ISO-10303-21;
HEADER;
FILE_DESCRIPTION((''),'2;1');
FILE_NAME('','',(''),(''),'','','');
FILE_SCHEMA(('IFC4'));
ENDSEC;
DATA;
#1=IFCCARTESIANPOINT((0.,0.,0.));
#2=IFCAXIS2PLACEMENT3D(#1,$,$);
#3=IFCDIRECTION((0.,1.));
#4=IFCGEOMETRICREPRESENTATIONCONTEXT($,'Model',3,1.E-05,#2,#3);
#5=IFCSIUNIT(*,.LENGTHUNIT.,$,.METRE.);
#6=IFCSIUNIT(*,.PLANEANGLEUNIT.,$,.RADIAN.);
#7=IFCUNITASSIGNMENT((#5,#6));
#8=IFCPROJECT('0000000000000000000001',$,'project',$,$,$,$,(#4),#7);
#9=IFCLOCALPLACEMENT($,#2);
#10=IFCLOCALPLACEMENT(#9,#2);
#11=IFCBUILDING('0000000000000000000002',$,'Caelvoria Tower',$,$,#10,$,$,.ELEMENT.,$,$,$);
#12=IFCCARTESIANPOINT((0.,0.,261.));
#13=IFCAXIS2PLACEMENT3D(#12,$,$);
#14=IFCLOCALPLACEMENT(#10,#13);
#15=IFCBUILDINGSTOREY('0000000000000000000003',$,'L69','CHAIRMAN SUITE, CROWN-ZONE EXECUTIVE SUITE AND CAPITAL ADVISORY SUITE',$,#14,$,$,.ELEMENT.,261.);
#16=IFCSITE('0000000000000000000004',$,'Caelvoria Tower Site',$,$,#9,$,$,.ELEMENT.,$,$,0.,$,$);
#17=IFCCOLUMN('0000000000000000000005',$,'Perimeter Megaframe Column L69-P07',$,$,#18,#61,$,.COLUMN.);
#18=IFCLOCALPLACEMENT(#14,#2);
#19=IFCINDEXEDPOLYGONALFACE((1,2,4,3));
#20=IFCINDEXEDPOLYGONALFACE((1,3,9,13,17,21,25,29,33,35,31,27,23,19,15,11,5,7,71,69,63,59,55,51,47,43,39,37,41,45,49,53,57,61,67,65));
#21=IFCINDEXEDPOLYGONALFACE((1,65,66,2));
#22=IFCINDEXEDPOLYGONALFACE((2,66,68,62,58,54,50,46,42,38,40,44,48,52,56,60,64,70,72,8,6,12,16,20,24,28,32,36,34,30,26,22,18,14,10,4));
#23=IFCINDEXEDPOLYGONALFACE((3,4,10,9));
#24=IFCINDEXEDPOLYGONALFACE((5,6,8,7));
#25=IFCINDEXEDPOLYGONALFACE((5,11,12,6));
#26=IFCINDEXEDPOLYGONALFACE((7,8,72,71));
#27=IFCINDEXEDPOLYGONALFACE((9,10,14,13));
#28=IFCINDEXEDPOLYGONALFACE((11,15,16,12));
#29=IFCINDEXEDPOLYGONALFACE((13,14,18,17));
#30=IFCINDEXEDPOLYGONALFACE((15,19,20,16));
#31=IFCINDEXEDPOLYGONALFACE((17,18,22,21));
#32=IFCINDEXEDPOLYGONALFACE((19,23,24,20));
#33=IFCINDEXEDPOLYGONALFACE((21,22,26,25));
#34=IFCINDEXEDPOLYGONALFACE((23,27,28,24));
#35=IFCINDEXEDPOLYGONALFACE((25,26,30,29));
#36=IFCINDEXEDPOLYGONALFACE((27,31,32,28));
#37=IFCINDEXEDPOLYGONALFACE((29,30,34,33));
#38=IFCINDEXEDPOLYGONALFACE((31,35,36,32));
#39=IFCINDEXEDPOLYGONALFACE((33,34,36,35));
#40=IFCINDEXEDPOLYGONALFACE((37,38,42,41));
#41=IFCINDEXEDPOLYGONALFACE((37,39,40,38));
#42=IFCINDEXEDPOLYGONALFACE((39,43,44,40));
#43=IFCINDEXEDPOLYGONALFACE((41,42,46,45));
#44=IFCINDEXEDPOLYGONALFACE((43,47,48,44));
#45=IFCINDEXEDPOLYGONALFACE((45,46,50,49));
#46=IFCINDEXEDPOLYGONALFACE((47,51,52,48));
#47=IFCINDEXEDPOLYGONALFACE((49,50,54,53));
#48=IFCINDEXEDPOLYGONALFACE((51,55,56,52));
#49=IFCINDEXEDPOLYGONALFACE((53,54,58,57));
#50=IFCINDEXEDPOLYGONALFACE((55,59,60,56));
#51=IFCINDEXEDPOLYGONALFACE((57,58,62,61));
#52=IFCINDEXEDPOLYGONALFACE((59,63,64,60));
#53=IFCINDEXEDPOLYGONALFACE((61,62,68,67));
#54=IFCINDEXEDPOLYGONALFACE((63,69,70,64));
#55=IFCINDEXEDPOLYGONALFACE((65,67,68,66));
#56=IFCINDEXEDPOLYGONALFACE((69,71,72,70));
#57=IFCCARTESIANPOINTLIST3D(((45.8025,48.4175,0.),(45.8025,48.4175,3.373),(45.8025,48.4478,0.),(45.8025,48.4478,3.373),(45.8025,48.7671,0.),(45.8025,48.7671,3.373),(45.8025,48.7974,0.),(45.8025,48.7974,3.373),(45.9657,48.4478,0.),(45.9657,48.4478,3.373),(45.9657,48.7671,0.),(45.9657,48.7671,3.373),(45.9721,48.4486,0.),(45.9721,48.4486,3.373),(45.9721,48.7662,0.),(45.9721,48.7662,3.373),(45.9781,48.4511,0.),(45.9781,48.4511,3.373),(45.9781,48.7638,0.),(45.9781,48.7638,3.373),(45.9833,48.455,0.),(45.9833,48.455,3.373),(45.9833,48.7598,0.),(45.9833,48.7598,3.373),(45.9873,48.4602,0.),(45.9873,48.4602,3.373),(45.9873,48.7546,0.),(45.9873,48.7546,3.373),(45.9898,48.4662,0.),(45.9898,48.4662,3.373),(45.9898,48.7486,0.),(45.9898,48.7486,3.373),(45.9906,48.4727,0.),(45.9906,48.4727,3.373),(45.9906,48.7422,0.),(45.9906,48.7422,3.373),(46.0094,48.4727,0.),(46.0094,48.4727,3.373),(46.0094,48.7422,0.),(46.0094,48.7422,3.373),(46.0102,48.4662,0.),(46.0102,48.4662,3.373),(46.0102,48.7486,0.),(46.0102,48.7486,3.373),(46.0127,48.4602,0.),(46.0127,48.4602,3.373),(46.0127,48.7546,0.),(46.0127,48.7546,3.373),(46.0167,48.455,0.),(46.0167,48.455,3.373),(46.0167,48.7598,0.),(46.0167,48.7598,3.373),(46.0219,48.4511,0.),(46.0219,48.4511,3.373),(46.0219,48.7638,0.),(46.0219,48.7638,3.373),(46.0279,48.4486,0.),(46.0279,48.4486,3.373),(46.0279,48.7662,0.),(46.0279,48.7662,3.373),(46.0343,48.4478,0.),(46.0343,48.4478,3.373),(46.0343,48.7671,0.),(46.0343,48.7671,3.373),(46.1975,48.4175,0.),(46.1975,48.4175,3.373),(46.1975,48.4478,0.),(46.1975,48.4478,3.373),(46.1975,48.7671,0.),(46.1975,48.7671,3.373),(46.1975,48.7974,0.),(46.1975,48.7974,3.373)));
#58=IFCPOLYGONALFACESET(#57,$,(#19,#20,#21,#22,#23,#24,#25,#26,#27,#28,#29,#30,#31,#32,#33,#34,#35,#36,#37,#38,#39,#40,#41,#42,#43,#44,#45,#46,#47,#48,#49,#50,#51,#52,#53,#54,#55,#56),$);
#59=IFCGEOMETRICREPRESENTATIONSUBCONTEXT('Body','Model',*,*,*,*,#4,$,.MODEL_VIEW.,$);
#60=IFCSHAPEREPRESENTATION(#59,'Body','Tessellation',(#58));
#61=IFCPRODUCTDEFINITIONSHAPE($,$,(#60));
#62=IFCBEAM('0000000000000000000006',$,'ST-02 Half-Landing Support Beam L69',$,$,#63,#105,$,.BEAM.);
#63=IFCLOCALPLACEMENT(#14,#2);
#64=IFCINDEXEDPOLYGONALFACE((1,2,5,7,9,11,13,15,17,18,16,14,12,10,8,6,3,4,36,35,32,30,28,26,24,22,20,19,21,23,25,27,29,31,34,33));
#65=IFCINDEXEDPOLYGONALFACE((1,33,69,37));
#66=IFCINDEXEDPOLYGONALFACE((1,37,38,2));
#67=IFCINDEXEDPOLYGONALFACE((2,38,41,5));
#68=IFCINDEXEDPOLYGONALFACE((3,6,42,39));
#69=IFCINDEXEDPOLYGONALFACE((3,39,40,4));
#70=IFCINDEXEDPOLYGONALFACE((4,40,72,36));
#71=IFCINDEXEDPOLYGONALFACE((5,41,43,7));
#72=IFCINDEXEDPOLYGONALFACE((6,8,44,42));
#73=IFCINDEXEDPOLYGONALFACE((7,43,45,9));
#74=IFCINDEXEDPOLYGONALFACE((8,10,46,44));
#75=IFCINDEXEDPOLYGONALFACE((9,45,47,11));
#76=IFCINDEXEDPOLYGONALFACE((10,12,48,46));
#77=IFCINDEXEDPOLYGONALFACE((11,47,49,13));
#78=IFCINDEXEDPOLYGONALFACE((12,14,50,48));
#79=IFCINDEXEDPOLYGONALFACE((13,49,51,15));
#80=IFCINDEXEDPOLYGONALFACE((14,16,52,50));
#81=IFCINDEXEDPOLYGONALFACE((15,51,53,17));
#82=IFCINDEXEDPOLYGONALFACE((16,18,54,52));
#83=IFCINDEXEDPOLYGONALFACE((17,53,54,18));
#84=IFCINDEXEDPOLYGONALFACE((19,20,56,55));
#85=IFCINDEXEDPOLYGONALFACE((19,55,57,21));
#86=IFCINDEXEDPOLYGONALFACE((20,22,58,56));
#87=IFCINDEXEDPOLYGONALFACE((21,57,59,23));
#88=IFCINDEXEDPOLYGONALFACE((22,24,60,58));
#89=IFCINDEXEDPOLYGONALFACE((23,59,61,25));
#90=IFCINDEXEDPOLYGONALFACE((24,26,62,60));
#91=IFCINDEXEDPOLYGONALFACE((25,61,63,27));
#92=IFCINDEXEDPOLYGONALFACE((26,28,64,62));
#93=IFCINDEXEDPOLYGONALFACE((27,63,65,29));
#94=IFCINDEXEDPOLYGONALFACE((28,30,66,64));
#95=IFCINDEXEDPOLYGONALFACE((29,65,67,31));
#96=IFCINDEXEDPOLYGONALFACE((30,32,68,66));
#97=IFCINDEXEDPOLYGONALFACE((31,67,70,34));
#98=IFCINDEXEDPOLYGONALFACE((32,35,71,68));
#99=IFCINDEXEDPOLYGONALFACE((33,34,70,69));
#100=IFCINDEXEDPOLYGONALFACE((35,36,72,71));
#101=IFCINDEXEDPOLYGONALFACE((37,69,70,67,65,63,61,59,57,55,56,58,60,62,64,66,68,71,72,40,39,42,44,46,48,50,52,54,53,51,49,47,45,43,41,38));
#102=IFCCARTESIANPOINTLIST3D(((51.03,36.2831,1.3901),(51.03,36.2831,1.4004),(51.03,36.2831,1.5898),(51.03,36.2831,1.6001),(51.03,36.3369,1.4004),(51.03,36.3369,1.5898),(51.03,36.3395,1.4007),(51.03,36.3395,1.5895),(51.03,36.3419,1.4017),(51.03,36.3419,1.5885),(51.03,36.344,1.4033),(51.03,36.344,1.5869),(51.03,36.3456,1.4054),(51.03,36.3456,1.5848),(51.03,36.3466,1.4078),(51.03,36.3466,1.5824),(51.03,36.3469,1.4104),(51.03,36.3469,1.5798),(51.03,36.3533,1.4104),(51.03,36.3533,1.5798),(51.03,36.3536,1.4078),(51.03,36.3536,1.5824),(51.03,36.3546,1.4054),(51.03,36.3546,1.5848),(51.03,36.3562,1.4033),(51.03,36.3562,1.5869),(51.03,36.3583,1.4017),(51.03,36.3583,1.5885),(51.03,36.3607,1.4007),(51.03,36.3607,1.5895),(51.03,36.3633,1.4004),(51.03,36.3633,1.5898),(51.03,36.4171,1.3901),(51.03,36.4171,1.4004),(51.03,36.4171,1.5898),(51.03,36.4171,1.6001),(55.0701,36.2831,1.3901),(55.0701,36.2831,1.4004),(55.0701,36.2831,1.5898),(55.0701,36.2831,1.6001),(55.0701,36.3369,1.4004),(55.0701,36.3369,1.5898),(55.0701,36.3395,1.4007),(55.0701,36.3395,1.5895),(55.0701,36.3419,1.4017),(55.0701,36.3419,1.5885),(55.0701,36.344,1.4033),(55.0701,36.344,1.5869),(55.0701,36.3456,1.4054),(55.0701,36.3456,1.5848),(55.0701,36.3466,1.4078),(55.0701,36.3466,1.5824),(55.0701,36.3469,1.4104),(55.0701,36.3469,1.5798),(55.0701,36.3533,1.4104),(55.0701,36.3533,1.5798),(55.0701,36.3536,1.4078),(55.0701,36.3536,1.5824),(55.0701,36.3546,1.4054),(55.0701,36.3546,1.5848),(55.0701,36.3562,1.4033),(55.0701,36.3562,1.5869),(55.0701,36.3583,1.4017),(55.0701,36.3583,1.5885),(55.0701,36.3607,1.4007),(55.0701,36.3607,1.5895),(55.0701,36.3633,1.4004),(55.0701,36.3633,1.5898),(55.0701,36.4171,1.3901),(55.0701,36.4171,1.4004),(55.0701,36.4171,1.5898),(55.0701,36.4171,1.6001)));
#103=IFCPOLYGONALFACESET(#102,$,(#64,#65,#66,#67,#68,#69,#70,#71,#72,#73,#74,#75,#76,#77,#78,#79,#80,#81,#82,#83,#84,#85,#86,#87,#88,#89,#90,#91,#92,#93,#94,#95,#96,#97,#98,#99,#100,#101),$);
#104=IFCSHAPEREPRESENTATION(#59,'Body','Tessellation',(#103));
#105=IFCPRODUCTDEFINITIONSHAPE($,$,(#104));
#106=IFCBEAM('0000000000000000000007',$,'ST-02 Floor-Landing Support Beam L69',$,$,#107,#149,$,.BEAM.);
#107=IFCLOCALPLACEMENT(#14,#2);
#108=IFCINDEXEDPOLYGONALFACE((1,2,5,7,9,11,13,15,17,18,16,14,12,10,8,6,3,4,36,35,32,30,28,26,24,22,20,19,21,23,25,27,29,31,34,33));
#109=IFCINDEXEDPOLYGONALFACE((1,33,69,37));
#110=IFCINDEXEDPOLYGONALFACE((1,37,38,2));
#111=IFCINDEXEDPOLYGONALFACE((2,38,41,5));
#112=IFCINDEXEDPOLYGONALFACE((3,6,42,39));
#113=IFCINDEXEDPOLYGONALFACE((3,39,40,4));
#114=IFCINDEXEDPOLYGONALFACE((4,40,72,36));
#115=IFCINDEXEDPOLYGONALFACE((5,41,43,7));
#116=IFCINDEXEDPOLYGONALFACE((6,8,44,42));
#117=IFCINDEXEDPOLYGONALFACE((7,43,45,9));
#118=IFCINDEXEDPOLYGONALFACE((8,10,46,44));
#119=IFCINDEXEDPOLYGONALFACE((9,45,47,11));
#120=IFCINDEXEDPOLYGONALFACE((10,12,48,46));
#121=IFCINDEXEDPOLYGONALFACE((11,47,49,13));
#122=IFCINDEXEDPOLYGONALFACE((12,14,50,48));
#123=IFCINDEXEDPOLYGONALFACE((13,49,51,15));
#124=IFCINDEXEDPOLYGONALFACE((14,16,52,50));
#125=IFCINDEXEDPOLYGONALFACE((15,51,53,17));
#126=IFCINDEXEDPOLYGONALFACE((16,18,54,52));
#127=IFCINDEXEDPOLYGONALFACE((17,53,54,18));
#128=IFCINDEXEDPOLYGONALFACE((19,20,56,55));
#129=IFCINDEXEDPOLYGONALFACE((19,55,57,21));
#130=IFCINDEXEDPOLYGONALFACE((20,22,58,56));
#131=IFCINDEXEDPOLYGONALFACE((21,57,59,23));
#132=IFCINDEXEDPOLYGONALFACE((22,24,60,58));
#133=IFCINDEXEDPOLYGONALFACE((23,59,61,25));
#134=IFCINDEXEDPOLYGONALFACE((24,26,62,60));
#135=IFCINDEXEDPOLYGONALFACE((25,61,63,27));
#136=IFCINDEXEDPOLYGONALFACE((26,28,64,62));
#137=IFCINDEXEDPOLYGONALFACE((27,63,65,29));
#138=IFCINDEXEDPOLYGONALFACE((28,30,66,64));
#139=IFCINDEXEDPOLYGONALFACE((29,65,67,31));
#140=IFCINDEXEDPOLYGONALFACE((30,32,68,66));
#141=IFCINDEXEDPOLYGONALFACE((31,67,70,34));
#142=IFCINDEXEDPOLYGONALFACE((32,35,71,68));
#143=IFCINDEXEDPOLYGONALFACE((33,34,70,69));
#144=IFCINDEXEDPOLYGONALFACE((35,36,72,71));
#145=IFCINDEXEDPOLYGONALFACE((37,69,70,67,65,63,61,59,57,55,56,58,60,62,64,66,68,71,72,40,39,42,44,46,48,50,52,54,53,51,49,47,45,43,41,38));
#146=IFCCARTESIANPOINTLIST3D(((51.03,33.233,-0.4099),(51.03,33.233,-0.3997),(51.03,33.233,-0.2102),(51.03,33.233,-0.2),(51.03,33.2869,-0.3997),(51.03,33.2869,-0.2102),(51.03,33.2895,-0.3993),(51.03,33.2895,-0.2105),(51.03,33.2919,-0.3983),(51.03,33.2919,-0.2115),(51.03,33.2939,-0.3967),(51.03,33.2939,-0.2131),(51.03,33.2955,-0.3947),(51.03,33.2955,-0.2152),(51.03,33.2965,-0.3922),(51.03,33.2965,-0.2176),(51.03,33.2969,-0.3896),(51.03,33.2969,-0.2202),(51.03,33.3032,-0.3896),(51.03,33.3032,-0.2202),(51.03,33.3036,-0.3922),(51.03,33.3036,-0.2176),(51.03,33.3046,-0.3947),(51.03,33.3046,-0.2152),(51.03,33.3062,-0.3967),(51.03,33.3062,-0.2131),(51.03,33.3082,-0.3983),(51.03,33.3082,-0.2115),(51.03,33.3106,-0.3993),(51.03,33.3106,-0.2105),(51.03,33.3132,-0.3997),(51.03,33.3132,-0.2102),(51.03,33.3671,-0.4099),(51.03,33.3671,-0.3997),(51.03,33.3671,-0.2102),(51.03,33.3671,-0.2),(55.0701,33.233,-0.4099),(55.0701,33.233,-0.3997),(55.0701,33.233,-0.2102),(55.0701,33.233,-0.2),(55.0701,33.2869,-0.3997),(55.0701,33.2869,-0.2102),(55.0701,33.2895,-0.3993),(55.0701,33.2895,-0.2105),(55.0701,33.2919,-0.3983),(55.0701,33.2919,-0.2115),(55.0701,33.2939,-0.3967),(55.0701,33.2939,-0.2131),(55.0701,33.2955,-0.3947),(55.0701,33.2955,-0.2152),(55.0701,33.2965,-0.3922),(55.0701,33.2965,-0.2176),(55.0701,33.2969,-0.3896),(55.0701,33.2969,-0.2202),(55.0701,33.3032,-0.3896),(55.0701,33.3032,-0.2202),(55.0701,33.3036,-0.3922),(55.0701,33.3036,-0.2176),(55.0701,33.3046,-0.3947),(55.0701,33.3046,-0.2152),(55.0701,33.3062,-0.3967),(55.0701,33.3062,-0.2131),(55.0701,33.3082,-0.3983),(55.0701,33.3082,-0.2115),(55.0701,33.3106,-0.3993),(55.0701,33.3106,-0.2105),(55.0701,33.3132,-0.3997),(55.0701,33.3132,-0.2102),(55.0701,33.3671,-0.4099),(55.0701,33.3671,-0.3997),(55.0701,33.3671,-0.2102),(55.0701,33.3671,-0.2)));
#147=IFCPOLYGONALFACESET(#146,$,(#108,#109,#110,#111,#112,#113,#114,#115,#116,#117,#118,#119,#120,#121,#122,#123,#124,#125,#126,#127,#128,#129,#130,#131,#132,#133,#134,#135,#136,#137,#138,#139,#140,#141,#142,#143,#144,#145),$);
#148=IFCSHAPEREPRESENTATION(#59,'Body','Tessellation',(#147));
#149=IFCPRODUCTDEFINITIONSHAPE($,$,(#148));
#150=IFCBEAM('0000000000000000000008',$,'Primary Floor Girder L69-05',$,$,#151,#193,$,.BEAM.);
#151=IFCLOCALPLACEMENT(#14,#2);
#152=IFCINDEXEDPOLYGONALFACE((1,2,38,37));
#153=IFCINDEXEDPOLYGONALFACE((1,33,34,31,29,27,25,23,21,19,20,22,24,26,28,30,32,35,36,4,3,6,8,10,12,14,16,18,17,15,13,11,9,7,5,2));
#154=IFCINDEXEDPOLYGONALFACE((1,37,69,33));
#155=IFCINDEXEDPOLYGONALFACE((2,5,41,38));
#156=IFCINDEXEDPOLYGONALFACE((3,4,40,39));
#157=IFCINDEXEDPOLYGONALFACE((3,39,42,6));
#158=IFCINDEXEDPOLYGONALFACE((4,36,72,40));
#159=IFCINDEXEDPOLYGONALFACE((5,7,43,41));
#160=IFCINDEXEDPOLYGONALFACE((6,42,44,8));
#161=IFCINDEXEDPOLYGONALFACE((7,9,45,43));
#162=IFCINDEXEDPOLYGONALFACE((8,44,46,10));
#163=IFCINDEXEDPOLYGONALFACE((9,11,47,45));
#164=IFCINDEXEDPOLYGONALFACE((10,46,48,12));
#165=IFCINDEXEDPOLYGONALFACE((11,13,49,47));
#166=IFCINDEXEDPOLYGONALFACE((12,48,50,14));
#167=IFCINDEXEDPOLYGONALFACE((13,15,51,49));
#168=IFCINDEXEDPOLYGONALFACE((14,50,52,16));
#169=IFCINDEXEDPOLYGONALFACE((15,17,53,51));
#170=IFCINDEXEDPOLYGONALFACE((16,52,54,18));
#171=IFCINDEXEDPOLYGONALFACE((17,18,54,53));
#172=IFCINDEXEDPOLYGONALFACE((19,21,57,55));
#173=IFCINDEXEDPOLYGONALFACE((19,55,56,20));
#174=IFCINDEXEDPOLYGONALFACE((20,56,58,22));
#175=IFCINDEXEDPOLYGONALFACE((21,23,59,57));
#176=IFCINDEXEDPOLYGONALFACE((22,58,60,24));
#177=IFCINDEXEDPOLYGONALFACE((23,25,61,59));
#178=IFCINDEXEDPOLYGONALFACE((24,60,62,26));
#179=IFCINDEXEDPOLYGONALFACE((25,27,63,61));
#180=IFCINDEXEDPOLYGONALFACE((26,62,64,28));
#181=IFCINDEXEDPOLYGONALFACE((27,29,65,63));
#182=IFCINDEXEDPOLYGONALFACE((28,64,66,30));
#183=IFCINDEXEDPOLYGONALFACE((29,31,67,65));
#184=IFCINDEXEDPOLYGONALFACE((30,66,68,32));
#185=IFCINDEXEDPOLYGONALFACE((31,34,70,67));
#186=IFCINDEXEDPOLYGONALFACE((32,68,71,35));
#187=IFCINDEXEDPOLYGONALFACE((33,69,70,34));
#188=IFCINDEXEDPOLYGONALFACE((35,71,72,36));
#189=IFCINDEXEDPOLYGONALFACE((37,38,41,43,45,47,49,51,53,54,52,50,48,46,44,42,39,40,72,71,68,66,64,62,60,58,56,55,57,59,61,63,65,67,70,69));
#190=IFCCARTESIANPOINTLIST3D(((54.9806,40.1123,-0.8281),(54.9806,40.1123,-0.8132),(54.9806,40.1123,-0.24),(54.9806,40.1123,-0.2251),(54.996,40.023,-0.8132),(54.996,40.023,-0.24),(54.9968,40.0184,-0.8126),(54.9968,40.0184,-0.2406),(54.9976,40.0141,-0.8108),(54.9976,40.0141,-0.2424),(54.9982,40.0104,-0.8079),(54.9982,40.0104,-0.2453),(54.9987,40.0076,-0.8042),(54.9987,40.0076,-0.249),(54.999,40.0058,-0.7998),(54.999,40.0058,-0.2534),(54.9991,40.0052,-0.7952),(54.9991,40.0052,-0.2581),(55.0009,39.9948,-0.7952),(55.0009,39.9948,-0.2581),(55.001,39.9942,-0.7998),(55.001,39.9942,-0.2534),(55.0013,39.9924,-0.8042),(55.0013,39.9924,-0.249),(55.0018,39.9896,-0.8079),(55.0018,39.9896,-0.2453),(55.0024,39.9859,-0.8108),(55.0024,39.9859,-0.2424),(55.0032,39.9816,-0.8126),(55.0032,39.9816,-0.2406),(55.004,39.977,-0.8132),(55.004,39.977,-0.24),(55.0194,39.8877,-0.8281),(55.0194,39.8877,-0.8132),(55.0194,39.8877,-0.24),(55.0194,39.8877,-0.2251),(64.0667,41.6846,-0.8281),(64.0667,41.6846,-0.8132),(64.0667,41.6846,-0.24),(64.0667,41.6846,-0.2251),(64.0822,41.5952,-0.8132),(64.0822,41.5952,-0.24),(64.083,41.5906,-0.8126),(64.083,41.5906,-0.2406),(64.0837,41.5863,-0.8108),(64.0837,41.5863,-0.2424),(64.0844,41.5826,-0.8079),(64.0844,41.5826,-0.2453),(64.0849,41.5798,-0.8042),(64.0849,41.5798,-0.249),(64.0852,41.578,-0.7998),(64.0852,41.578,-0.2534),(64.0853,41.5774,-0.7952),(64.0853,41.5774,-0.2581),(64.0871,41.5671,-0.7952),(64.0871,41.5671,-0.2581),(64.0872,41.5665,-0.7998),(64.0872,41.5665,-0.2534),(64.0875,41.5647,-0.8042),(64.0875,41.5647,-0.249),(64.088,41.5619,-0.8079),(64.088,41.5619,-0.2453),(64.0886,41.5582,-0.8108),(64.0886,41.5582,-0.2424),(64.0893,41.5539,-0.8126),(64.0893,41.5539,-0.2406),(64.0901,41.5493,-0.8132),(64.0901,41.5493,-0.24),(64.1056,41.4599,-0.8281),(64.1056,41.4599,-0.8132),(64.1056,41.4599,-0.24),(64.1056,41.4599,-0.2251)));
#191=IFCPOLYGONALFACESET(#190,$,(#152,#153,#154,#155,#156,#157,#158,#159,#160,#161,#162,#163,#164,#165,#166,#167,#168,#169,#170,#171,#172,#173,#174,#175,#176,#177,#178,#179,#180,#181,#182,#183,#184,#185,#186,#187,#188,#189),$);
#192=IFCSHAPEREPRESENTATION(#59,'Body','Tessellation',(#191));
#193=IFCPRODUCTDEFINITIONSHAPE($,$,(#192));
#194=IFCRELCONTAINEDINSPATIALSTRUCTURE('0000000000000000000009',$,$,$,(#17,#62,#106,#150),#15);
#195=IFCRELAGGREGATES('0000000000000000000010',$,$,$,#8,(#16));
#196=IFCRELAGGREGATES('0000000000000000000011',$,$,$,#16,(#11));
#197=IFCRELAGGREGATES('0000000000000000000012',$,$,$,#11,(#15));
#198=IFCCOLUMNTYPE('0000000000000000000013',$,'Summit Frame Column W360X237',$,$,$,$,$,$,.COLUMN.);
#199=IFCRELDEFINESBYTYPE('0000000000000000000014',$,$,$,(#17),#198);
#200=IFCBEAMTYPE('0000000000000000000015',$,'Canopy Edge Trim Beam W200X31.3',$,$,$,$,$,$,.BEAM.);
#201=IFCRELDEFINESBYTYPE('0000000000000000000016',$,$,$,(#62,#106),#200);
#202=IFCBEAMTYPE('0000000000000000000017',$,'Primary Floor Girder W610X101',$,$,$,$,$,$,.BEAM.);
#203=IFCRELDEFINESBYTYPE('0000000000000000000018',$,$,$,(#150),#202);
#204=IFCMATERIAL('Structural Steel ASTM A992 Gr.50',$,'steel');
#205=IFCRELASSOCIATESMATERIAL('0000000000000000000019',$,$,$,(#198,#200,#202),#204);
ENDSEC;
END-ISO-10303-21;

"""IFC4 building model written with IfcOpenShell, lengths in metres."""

from ifc_helpers import new_model, si_unit, direction, frame, origin, origin_2d, place, context, subcontext, project, spatial, i_section, extrude, material, material_profile, profile_set, type_object, element, save


model = new_model("IFC4")

# Units and contexts
model_context = context("Model", 3, precision=1e-05, world=origin(), true_north=direction((0.0, 1.0)))
body_context = subcontext(model_context, "Body", "Model", "MODEL_VIEW")
ifc_project = project(units=[si_unit("LENGTHUNIT", "METRE"), si_unit("PLANEANGLEUNIT", "RADIAN")], contexts=[model_context])

# Site, building, storey
site_placement = place(None, origin())
site = spatial("IfcSite", under=ifc_project, at=site_placement, Name="Caelvoria Tower Site", CompositionType="ELEMENT", RefElevation=0.0)
building_placement = place(site_placement, origin())
building = spatial("IfcBuilding", under=site, at=building_placement, Name="Caelvoria Tower", CompositionType="ELEMENT")
storey_placement = place(building_placement, frame((0.0, 0.0, 261.0)))
storey = spatial("IfcBuildingStorey", under=building, at=storey_placement, Name="L69", Description="CHAIRMAN SUITE, CROWN-ZONE EXECUTIVE SUITE AND CAPITAL ADVISORY SUITE", CompositionType="ELEMENT", Elevation=261.0)

# Column
ifc_material_1 = material(Name="Structural Steel ASTM A992 Gr.50", Category="steel")
ifc_material_profile_1 = material_profile(ifc_material_1, i_section(OverallWidth=0.395, OverallDepth=0.3799, WebThickness=0.0188, FlangeThickness=0.0303, FilletRadius=0.0249, at=origin_2d()), Name="Structural Steel ASTM A992 Gr.50")
ifc_profile_set_1 = profile_set([ifc_material_profile_1], Name="W360X237 - Structural Steel ASTM A992 Gr.50")
column_type = type_object("IfcColumnType", Name="Summit Frame Column W360X237", PredefinedType="COLUMN", material=ifc_profile_set_1)
column_placement = place(storey_placement, frame((46.0, 48.6074, 0.0), z_axis=(0.0, 0.0, 1.0), x_axis=(1.0, 0.0, 0.0)))
element("IfcColumn", 1, at=column_placement, inside=storey, type_object=column_type, Name="Perimeter Megaframe Column L69-P07", PredefinedType="COLUMN", context=body_context, shape_type="SweptSolid", body=[
    extrude(i_section(OverallWidth=0.395, OverallDepth=0.3799, WebThickness=0.0188, FlangeThickness=0.0303, FilletRadius=0.0249, at=origin_2d()), origin(), (0.0, 0.0, 1.0), 3.373),
])

# Beams
ifc_material_profile_2 = material_profile(ifc_material_1, i_section(OverallWidth=0.134, OverallDepth=0.21, WebThickness=0.0063, FlangeThickness=0.0103, FilletRadius=0.01, at=origin_2d()), Name="Structural Steel ASTM A992 Gr.50")
ifc_profile_set_2 = profile_set([ifc_material_profile_2], Name="W200X31.3 - Structural Steel ASTM A992 Gr.50")
beam_type_1 = type_object("IfcBeamType", Name="Canopy Edge Trim Beam W200X31.3", PredefinedType="BEAM", material=ifc_profile_set_2)
for number, where, z_axis, x_axis, name in (
    (2, (51.03, 36.3501, 1.4951), (1.0, 0.0, 0.0), (0.0, 1.0, 0.0), "ST-02 Half-Landing Support Beam L69"),
    (3, (51.03, 33.3, -0.3049), (1.0, 0.0, 0.0), (0.0, 1.0, 0.0), "ST-02 Floor-Landing Support Beam L69"),
):
    element("IfcBeam", number, at=place(storey_placement, frame(where, z_axis=z_axis, x_axis=x_axis)), inside=storey, type_object=beam_type_1, Name=name, PredefinedType="BEAM", context=body_context, shape_type="SweptSolid", body=[
        extrude(i_section(OverallWidth=0.134, OverallDepth=0.21, WebThickness=0.0063, FlangeThickness=0.0103, FilletRadius=0.01, at=origin_2d()), origin(), (0.0, 0.0, 1.0), 4.04),
    ])
ifc_material_profile_3 = material_profile(ifc_material_1, i_section(OverallWidth=0.228, OverallDepth=0.603, WebThickness=0.0105, FlangeThickness=0.0149, FilletRadius=0.0181, at=origin_2d()), Name="Structural Steel ASTM A992 Gr.50")
ifc_profile_set_3 = profile_set([ifc_material_profile_3], Name="W610X101 - Structural Steel ASTM A992 Gr.50")
beam_type_2 = type_object("IfcBeamType", Name="Primary Floor Girder W610X101", PredefinedType="BEAM", material=ifc_profile_set_3)
beam_1_placement = place(storey_placement, frame((55.0, 40.0, -0.5266), z_axis=(0.985357, 0.170505, 0.0), x_axis=(-0.170505, 0.985357, 0.0)))
element("IfcBeam", 4, at=beam_1_placement, inside=storey, type_object=beam_type_2, Name="Primary Floor Girder L69-05", PredefinedType="BEAM", context=body_context, shape_type="SweptSolid", body=[
    extrude(i_section(OverallWidth=0.228, OverallDepth=0.603, WebThickness=0.0105, FlangeThickness=0.0149, FilletRadius=0.0181, at=origin_2d()), origin(), (0.0, 0.0, 1.0), 9.2212),
])

save(model, "model.ifc")
